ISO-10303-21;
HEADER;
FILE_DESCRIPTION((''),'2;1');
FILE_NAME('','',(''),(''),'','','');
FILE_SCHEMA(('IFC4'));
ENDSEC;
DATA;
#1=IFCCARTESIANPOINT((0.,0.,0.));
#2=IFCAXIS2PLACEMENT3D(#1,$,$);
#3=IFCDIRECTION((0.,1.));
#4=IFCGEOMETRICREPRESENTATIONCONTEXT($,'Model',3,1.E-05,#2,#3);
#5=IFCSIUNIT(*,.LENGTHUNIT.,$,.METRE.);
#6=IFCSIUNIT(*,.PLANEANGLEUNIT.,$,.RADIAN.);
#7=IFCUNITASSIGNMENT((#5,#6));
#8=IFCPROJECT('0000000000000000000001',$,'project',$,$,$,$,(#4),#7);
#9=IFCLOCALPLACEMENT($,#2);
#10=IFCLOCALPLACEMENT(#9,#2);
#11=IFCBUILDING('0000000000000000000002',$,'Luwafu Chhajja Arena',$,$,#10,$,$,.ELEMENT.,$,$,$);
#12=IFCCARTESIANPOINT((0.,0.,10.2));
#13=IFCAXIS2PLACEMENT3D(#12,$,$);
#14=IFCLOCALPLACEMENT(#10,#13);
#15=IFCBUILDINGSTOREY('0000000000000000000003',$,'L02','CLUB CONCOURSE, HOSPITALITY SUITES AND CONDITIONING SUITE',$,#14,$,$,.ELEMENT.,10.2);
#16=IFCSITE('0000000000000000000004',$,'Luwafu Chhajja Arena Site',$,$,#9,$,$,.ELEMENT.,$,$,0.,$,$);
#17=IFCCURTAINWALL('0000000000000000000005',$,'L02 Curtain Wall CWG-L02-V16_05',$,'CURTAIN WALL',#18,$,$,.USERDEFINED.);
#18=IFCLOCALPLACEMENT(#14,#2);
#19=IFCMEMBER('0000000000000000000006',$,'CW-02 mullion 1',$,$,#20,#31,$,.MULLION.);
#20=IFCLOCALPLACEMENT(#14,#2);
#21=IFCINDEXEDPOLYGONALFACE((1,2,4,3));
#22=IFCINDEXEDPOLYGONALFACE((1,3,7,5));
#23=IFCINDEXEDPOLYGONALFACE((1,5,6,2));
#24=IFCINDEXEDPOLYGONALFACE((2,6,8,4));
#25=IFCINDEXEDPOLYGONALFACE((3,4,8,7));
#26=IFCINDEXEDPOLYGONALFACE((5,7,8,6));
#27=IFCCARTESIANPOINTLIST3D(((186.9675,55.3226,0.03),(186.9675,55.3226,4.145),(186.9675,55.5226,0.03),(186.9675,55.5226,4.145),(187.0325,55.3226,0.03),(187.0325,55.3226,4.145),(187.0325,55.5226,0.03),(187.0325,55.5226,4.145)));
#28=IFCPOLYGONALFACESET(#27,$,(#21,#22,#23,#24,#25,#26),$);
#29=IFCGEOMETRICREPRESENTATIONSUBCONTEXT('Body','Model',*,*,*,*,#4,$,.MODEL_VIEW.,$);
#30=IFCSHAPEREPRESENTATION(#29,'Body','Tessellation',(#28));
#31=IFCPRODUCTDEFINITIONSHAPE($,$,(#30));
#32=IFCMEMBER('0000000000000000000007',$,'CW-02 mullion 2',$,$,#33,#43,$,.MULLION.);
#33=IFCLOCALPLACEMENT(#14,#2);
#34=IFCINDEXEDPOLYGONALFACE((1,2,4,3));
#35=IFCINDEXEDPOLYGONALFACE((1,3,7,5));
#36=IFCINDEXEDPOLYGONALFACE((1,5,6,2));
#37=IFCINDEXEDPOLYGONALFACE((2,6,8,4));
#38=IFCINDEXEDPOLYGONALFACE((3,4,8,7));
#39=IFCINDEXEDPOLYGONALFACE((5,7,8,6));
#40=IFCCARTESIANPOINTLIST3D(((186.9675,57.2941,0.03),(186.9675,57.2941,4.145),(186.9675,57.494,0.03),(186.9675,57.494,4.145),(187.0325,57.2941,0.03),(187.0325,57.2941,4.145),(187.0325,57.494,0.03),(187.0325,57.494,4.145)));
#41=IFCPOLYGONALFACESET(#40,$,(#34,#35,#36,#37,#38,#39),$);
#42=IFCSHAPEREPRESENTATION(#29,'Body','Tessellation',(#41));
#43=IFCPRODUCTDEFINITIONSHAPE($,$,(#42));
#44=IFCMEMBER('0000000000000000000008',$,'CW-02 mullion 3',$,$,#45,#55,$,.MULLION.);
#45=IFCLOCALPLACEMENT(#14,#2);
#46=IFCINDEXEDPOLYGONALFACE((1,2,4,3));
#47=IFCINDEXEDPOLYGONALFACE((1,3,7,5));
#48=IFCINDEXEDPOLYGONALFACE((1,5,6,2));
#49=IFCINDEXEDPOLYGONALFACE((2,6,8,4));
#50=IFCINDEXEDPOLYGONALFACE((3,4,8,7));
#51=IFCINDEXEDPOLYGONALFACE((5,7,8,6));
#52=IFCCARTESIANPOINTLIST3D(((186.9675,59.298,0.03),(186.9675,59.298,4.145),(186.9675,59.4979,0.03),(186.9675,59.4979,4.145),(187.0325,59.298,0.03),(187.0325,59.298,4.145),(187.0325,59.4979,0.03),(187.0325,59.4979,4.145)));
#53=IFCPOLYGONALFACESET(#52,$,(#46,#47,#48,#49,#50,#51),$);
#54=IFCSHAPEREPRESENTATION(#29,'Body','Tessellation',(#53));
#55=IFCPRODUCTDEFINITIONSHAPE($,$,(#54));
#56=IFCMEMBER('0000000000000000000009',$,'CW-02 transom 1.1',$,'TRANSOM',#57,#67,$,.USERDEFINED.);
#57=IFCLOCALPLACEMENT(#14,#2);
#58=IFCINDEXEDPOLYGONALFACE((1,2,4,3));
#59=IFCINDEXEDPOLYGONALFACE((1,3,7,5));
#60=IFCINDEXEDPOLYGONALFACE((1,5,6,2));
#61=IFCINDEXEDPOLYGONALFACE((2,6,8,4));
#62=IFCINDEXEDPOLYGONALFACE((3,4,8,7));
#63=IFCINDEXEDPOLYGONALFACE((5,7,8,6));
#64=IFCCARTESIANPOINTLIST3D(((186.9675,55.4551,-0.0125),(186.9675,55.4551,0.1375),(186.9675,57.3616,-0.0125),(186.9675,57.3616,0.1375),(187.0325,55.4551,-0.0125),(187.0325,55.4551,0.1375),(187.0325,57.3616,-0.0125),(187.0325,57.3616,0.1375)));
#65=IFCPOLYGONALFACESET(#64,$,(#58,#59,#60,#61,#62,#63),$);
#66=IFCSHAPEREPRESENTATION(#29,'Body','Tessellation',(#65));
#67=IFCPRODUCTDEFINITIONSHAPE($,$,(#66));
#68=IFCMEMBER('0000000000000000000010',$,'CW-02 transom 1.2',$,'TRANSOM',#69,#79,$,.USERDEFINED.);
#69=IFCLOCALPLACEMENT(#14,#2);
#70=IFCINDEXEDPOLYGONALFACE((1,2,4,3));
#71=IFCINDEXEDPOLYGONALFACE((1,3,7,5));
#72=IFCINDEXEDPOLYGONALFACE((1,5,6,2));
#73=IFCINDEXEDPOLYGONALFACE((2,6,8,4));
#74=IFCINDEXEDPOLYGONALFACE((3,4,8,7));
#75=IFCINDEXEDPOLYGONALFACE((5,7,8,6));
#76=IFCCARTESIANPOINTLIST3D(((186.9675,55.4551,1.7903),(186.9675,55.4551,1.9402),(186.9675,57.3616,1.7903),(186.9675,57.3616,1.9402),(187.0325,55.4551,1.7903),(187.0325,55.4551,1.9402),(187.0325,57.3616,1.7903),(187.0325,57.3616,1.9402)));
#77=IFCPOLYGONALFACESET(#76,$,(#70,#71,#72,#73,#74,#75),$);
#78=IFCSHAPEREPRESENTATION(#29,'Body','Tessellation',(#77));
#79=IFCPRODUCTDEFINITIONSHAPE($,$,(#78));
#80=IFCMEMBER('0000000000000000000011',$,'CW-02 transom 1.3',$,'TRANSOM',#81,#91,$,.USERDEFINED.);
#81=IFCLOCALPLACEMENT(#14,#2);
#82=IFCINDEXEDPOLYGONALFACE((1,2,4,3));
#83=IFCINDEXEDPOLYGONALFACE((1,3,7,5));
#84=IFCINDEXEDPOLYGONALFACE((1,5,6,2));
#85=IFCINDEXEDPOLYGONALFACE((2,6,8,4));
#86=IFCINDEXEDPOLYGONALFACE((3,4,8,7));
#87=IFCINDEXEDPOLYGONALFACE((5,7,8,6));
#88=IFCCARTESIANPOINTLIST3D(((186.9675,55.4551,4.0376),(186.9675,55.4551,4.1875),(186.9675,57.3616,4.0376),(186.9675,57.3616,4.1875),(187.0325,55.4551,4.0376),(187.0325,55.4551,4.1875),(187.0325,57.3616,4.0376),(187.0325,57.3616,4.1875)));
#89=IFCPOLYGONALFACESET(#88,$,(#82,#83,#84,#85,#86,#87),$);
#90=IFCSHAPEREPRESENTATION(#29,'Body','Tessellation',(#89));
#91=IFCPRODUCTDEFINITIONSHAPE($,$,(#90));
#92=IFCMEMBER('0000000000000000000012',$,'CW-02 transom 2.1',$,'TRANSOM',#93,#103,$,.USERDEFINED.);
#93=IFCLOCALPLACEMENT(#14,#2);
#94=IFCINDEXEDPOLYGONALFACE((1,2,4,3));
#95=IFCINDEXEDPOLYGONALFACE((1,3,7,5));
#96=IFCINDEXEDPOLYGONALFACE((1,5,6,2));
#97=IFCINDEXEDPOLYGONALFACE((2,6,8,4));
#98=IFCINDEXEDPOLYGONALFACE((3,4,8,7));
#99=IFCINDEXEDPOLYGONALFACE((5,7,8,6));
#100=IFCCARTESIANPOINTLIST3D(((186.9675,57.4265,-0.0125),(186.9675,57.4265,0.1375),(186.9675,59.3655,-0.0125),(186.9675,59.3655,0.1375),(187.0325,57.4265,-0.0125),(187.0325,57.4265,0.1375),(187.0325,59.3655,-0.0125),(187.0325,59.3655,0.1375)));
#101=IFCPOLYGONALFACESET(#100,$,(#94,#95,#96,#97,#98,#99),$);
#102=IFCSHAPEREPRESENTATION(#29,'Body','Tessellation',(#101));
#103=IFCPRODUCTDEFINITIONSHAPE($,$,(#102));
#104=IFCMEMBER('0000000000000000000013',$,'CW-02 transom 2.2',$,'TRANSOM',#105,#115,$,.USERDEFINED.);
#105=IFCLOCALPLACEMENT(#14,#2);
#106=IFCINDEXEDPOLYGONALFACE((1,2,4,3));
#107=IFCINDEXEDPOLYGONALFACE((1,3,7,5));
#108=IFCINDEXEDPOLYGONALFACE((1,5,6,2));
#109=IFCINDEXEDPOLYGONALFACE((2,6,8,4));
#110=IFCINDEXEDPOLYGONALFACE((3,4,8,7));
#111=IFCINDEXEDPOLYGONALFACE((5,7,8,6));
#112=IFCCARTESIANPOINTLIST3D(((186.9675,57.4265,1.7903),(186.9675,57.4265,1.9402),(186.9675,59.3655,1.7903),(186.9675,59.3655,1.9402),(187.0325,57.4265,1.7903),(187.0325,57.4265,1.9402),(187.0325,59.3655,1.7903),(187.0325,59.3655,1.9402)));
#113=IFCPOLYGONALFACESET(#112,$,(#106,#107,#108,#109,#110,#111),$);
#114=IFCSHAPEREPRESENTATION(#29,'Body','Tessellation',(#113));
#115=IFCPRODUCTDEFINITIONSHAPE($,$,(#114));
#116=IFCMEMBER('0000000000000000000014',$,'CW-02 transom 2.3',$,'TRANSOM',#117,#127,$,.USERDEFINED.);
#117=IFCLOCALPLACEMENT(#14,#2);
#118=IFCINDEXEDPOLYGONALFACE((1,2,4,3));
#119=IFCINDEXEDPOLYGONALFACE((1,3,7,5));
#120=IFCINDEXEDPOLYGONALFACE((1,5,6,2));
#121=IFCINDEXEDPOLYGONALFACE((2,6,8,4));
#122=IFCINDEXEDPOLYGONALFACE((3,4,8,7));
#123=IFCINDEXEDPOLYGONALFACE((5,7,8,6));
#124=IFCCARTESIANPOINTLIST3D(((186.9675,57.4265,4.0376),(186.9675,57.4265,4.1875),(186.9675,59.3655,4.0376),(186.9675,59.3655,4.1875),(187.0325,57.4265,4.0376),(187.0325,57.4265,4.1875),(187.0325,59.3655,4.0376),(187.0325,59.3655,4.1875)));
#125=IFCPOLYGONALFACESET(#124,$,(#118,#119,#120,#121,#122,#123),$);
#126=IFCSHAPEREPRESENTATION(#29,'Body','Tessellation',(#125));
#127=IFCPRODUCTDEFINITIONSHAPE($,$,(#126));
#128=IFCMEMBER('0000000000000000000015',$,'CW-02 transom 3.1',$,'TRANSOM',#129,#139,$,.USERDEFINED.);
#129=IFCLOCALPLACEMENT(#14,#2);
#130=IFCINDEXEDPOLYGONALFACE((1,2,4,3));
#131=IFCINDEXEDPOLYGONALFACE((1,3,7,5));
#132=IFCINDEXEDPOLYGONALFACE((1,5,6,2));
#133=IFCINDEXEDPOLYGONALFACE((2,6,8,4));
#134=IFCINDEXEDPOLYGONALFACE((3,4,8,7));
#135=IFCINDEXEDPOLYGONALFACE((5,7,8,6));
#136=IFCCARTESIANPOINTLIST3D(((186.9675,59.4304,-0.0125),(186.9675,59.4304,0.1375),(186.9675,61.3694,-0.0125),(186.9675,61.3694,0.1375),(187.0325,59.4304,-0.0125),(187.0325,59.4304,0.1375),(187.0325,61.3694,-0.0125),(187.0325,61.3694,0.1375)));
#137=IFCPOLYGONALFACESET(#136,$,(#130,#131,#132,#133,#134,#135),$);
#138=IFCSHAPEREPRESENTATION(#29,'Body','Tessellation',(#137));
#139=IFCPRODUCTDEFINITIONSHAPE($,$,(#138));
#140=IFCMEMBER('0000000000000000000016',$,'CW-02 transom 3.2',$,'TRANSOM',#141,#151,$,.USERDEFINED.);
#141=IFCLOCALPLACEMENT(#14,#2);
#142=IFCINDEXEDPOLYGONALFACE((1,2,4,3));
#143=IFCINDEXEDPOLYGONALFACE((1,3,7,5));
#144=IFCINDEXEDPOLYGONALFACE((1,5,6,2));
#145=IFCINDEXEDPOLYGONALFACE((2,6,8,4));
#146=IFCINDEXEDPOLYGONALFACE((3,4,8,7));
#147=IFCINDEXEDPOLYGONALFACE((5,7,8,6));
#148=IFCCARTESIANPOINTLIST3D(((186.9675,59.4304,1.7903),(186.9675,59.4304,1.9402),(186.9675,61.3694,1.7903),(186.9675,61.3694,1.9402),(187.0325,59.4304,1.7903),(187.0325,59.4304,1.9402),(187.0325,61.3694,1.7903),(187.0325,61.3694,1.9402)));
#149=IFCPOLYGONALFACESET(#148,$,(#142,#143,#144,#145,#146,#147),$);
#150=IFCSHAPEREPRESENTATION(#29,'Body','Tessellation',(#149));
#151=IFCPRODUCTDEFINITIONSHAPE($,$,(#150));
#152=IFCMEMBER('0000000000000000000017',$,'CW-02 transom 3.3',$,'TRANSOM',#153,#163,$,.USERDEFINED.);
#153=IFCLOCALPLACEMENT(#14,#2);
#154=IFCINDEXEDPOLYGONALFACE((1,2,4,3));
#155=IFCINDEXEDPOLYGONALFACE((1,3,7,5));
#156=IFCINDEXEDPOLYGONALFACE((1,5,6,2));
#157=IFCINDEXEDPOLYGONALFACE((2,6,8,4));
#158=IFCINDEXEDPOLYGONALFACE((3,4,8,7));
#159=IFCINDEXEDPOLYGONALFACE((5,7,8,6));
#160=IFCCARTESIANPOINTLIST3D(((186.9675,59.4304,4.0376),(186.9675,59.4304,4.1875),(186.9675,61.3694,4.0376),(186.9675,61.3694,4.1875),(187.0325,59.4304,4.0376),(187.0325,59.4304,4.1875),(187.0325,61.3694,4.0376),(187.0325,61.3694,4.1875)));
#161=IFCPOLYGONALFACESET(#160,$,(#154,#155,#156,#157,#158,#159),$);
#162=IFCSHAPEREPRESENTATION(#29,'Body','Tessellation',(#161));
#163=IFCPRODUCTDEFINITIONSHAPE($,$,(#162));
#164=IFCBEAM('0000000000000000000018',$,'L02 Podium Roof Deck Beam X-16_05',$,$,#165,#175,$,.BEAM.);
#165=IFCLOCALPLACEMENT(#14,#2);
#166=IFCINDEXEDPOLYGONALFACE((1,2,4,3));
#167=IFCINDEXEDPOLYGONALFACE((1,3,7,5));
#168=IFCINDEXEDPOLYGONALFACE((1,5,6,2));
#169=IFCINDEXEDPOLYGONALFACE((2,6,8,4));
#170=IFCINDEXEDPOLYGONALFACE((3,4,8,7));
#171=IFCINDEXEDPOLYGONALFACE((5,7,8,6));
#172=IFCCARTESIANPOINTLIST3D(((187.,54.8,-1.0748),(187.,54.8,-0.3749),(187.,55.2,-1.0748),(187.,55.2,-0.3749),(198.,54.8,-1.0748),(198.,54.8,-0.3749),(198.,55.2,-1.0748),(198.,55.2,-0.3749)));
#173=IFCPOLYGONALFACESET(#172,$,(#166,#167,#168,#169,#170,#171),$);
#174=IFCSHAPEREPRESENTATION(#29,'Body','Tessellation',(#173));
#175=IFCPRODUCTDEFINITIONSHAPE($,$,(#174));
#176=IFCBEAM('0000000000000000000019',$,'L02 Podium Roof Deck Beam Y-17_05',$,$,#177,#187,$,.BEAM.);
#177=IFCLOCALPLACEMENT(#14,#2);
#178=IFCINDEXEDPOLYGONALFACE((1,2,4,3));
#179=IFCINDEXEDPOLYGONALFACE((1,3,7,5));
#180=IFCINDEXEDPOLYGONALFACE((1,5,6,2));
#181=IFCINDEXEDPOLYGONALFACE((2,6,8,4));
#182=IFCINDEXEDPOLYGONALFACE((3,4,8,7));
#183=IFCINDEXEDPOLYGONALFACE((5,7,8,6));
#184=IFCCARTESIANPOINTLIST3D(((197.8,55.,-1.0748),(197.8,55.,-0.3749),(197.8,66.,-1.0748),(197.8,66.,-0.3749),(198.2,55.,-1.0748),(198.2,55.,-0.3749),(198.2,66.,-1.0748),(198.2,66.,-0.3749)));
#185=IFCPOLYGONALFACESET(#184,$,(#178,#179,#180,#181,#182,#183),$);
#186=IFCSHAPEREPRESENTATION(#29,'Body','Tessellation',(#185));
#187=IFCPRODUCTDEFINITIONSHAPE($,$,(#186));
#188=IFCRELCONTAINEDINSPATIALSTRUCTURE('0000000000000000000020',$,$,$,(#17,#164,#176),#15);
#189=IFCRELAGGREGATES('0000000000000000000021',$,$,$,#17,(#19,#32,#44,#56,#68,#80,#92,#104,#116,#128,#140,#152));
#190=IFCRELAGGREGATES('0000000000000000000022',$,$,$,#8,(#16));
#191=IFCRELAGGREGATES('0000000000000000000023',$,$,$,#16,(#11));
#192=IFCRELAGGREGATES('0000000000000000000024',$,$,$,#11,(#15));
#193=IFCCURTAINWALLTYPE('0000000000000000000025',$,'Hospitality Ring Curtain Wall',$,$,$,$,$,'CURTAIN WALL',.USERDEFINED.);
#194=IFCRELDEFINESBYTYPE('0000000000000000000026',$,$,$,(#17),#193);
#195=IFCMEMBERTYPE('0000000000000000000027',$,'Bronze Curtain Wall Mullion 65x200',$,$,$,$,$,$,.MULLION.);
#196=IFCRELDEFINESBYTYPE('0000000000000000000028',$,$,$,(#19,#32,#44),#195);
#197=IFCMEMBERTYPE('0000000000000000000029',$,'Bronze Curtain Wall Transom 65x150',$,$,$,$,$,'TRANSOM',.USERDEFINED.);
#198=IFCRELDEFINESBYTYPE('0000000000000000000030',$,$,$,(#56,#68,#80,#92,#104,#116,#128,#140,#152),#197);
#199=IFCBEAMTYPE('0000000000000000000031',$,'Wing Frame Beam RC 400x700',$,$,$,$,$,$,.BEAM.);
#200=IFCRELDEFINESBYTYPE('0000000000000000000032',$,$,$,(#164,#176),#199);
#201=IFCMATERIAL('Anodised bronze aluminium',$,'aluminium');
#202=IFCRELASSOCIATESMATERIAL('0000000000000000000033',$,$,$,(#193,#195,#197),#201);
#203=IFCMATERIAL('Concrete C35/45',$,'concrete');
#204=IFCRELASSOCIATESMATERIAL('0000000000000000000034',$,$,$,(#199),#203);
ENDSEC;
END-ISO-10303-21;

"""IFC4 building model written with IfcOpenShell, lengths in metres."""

from ifc_helpers import new_model, si_unit, direction, frame, origin, origin_2d, place, context, subcontext, project, spatial, rectangle, extrude, material, material_profile, profile_set, type_object, element, aggregate, save


model = new_model("IFC4")

# Units and contexts
model_context = context("Model", 3, precision=1e-05, world=origin(), true_north=direction((0.0, 1.0)))
body_context = subcontext(model_context, "Body", "Model", "MODEL_VIEW")
ifc_project = project(units=[si_unit("LENGTHUNIT", "METRE"), si_unit("PLANEANGLEUNIT", "RADIAN")], contexts=[model_context])

# Site, building, storey
site_placement = place(None, origin())
site = spatial("IfcSite", under=ifc_project, at=site_placement, Name="Luwafu Chhajja Arena Site", CompositionType="ELEMENT", RefElevation=0.0)
building_placement = place(site_placement, origin())
building = spatial("IfcBuilding", under=site, at=building_placement, Name="Luwafu Chhajja Arena", CompositionType="ELEMENT")
storey_placement = place(building_placement, frame((0.0, 0.0, 10.2)))
storey = spatial("IfcBuildingStorey", under=building, at=storey_placement, Name="L02", Description="CLUB CONCOURSE, HOSPITALITY SUITES AND CONDITIONING SUITE", CompositionType="ELEMENT", Elevation=10.2)

# Curtain wall, members
ifc_material_1 = material(Name="Anodised bronze aluminium", Category="aluminium")
curtain_wall_type = type_object("IfcCurtainWallType", Name="Hospitality Ring Curtain Wall", ElementType="CURTAIN WALL", PredefinedType="USERDEFINED", material=ifc_material_1)
curtain_wall_placement = place(storey_placement, origin())
curtain_wall = element("IfcCurtainWall", 1, at=curtain_wall_placement, inside=storey, type_object=curtain_wall_type, Name="L02 Curtain Wall CWG-L02-V16_05", ObjectType="CURTAIN WALL", PredefinedType="USERDEFINED")
ifc_material_profile_1 = material_profile(ifc_material_1, rectangle(XDim=0.0649, YDim=0.2, at=origin_2d()), Name="CWM 65x200")
ifc_profile_set_1 = profile_set([ifc_material_profile_1], Name="Anodised bronze aluminium")
member_type_1 = type_object("IfcMemberType", Name="Bronze Curtain Wall Mullion 65x200", PredefinedType="MULLION", material=ifc_profile_set_1)
member_1_placement = place(storey_placement, frame((187.0, 55.4226, 0.03), z_axis=(0.0, 0.0, 1.0), x_axis=(-1.0, 0.0, 0.0)))
member_1 = element("IfcMember", 2, at=member_1_placement, type_object=member_type_1, Name="CW-02 mullion 1", PredefinedType="MULLION", context=body_context, shape_type="SweptSolid", body=[
    extrude(rectangle(XDim=0.0649, YDim=0.2, at=origin_2d()), origin(), (0.0, 0.0, 1.0), 4.115),
])
member_2_placement = place(storey_placement, frame((187.0, 57.394, 0.03), z_axis=(0.0, 0.0, 1.0), x_axis=(-1.0, 0.0, 0.0)))
member_2 = element("IfcMember", 3, at=member_2_placement, type_object=member_type_1, Name="CW-02 mullion 2", PredefinedType="MULLION", context=body_context, shape_type="SweptSolid", body=[
    extrude(rectangle(XDim=0.0649, YDim=0.2, at=origin_2d()), origin(), (0.0, 0.0, 1.0), 4.115),
])
member_3_placement = place(storey_placement, frame((187.0, 59.3979, 0.03), z_axis=(0.0, 0.0, 1.0), x_axis=(-1.0, 0.0, 0.0)))
member_3 = element("IfcMember", 4, at=member_3_placement, type_object=member_type_1, Name="CW-02 mullion 3", PredefinedType="MULLION", context=body_context, shape_type="SweptSolid", body=[
    extrude(rectangle(XDim=0.0649, YDim=0.2, at=origin_2d()), origin(), (0.0, 0.0, 1.0), 4.115),
])
ifc_material_profile_2 = material_profile(ifc_material_1, rectangle(XDim=0.0649, YDim=0.1499, at=origin_2d()), Name="CWT 65x150")
ifc_profile_set_2 = profile_set([ifc_material_profile_2], Name="Anodised bronze aluminium")
member_type_2 = type_object("IfcMemberType", Name="Bronze Curtain Wall Transom 65x150", ElementType="TRANSOM", PredefinedType="USERDEFINED", material=ifc_profile_set_2)
member_4_placement = place(storey_placement, frame((187.0, 55.4551, 0.0625), z_axis=(0.0, 1.0, 0.0), x_axis=(-1.0, 0.0, 0.0)))
member_4 = element("IfcMember", 5, at=member_4_placement, type_object=member_type_2, Name="CW-02 transom 1.1", ObjectType="TRANSOM", PredefinedType="USERDEFINED", context=body_context, shape_type="SweptSolid", body=[
    extrude(rectangle(XDim=0.0649, YDim=0.1499, at=origin_2d()), origin(), (0.0, 0.0, 1.0), 1.9065),
])
member_5_placement = place(storey_placement, frame((187.0, 55.4551, 1.8652), z_axis=(0.0, 1.0, 0.0), x_axis=(-1.0, 0.0, 0.0)))
member_5 = element("IfcMember", 6, at=member_5_placement, type_object=member_type_2, Name="CW-02 transom 1.2", ObjectType="TRANSOM", PredefinedType="USERDEFINED", context=body_context, shape_type="SweptSolid", body=[
    extrude(rectangle(XDim=0.0649, YDim=0.1499, at=origin_2d()), origin(), (0.0, 0.0, 1.0), 1.9065),
])
member_6_placement = place(storey_placement, frame((187.0, 55.4551, 4.1125), z_axis=(0.0, 1.0, 0.0), x_axis=(-1.0, 0.0, 0.0)))
member_6 = element("IfcMember", 7, at=member_6_placement, type_object=member_type_2, Name="CW-02 transom 1.3", ObjectType="TRANSOM", PredefinedType="USERDEFINED", context=body_context, shape_type="SweptSolid", body=[
    extrude(rectangle(XDim=0.0649, YDim=0.1499, at=origin_2d()), origin(), (0.0, 0.0, 1.0), 1.9065),
])
member_7_placement = place(storey_placement, frame((187.0, 57.4265, 0.0625), z_axis=(0.0, 1.0, 0.0), x_axis=(-1.0, 0.0, 0.0)))
member_7 = element("IfcMember", 8, at=member_7_placement, type_object=member_type_2, Name="CW-02 transom 2.1", ObjectType="TRANSOM", PredefinedType="USERDEFINED", context=body_context, shape_type="SweptSolid", body=[
    extrude(rectangle(XDim=0.0649, YDim=0.1499, at=origin_2d()), origin(), (0.0, 0.0, 1.0), 1.939),
])
member_8_placement = place(storey_placement, frame((187.0, 57.4265, 1.8652), z_axis=(0.0, 1.0, 0.0), x_axis=(-1.0, 0.0, 0.0)))
member_8 = element("IfcMember", 9, at=member_8_placement, type_object=member_type_2, Name="CW-02 transom 2.2", ObjectType="TRANSOM", PredefinedType="USERDEFINED", context=body_context, shape_type="SweptSolid", body=[
    extrude(rectangle(XDim=0.0649, YDim=0.1499, at=origin_2d()), origin(), (0.0, 0.0, 1.0), 1.939),
])
member_9_placement = place(storey_placement, frame((187.0, 57.4265, 4.1125), z_axis=(0.0, 1.0, 0.0), x_axis=(-1.0, 0.0, 0.0)))
member_9 = element("IfcMember", 10, at=member_9_placement, type_object=member_type_2, Name="CW-02 transom 2.3", ObjectType="TRANSOM", PredefinedType="USERDEFINED", context=body_context, shape_type="SweptSolid", body=[
    extrude(rectangle(XDim=0.0649, YDim=0.1499, at=origin_2d()), origin(), (0.0, 0.0, 1.0), 1.939),
])
member_10_placement = place(storey_placement, frame((187.0, 59.4304, 0.0625), z_axis=(0.0, 1.0, 0.0), x_axis=(-1.0, 0.0, 0.0)))
member_10 = element("IfcMember", 11, at=member_10_placement, type_object=member_type_2, Name="CW-02 transom 3.1", ObjectType="TRANSOM", PredefinedType="USERDEFINED", context=body_context, shape_type="SweptSolid", body=[
    extrude(rectangle(XDim=0.0649, YDim=0.1499, at=origin_2d()), origin(), (0.0, 0.0, 1.0), 1.939),
])
member_11_placement = place(storey_placement, frame((187.0, 59.4304, 1.8652), z_axis=(0.0, 1.0, 0.0), x_axis=(-1.0, 0.0, 0.0)))
member_11 = element("IfcMember", 12, at=member_11_placement, type_object=member_type_2, Name="CW-02 transom 3.2", ObjectType="TRANSOM", PredefinedType="USERDEFINED", context=body_context, shape_type="SweptSolid", body=[
    extrude(rectangle(XDim=0.0649, YDim=0.1499, at=origin_2d()), origin(), (0.0, 0.0, 1.0), 1.939),
])
member_12_placement = place(storey_placement, frame((187.0, 59.4304, 4.1125), z_axis=(0.0, 1.0, 0.0), x_axis=(-1.0, 0.0, 0.0)))
member_12 = element("IfcMember", 13, at=member_12_placement, type_object=member_type_2, Name="CW-02 transom 3.3", ObjectType="TRANSOM", PredefinedType="USERDEFINED", context=body_context, shape_type="SweptSolid", body=[
    extrude(rectangle(XDim=0.0649, YDim=0.1499, at=origin_2d()), origin(), (0.0, 0.0, 1.0), 1.939),
])

# Beams
ifc_material_2 = material(Name="Concrete C35/45", Category="concrete")
ifc_material_profile_3 = material_profile(ifc_material_2, rectangle(XDim=0.3999, YDim=0.7, at=origin_2d()), Name="RC 400x700")
ifc_profile_set_3 = profile_set([ifc_material_profile_3], Name="Concrete C35/45")
beam_type_1 = type_object("IfcBeamType", Name="Wing Frame Beam RC 400x700", PredefinedType="BEAM", material=ifc_profile_set_3)
for number, where, z_axis, x_axis, name in (
    (14, (187.0, 55.0, -0.7249), (1.0, 0.0, 0.0), (0.0, 1.0, 0.0), "L02 Podium Roof Deck Beam X-16_05"),
    (15, (198.0, 55.0, -0.7249), (0.0, 1.0, 0.0), (-1.0, 0.0, 0.0), "L02 Podium Roof Deck Beam Y-17_05"),
):
    element("IfcBeam", number, at=place(storey_placement, frame(where, z_axis=z_axis, x_axis=x_axis)), inside=storey, type_object=beam_type_1, Name=name, PredefinedType="BEAM", context=body_context, shape_type="SweptSolid", body=[
        extrude(rectangle(XDim=0.3999, YDim=0.7, at=origin_2d()), origin(), (0.0, 0.0, 1.0), 11.0),
    ])

aggregate(curtain_wall, [member_1, member_2, member_3, member_4, member_5, member_6, member_7, member_8, member_9, member_10, member_11, member_12])

save(model, "model.ifc")
